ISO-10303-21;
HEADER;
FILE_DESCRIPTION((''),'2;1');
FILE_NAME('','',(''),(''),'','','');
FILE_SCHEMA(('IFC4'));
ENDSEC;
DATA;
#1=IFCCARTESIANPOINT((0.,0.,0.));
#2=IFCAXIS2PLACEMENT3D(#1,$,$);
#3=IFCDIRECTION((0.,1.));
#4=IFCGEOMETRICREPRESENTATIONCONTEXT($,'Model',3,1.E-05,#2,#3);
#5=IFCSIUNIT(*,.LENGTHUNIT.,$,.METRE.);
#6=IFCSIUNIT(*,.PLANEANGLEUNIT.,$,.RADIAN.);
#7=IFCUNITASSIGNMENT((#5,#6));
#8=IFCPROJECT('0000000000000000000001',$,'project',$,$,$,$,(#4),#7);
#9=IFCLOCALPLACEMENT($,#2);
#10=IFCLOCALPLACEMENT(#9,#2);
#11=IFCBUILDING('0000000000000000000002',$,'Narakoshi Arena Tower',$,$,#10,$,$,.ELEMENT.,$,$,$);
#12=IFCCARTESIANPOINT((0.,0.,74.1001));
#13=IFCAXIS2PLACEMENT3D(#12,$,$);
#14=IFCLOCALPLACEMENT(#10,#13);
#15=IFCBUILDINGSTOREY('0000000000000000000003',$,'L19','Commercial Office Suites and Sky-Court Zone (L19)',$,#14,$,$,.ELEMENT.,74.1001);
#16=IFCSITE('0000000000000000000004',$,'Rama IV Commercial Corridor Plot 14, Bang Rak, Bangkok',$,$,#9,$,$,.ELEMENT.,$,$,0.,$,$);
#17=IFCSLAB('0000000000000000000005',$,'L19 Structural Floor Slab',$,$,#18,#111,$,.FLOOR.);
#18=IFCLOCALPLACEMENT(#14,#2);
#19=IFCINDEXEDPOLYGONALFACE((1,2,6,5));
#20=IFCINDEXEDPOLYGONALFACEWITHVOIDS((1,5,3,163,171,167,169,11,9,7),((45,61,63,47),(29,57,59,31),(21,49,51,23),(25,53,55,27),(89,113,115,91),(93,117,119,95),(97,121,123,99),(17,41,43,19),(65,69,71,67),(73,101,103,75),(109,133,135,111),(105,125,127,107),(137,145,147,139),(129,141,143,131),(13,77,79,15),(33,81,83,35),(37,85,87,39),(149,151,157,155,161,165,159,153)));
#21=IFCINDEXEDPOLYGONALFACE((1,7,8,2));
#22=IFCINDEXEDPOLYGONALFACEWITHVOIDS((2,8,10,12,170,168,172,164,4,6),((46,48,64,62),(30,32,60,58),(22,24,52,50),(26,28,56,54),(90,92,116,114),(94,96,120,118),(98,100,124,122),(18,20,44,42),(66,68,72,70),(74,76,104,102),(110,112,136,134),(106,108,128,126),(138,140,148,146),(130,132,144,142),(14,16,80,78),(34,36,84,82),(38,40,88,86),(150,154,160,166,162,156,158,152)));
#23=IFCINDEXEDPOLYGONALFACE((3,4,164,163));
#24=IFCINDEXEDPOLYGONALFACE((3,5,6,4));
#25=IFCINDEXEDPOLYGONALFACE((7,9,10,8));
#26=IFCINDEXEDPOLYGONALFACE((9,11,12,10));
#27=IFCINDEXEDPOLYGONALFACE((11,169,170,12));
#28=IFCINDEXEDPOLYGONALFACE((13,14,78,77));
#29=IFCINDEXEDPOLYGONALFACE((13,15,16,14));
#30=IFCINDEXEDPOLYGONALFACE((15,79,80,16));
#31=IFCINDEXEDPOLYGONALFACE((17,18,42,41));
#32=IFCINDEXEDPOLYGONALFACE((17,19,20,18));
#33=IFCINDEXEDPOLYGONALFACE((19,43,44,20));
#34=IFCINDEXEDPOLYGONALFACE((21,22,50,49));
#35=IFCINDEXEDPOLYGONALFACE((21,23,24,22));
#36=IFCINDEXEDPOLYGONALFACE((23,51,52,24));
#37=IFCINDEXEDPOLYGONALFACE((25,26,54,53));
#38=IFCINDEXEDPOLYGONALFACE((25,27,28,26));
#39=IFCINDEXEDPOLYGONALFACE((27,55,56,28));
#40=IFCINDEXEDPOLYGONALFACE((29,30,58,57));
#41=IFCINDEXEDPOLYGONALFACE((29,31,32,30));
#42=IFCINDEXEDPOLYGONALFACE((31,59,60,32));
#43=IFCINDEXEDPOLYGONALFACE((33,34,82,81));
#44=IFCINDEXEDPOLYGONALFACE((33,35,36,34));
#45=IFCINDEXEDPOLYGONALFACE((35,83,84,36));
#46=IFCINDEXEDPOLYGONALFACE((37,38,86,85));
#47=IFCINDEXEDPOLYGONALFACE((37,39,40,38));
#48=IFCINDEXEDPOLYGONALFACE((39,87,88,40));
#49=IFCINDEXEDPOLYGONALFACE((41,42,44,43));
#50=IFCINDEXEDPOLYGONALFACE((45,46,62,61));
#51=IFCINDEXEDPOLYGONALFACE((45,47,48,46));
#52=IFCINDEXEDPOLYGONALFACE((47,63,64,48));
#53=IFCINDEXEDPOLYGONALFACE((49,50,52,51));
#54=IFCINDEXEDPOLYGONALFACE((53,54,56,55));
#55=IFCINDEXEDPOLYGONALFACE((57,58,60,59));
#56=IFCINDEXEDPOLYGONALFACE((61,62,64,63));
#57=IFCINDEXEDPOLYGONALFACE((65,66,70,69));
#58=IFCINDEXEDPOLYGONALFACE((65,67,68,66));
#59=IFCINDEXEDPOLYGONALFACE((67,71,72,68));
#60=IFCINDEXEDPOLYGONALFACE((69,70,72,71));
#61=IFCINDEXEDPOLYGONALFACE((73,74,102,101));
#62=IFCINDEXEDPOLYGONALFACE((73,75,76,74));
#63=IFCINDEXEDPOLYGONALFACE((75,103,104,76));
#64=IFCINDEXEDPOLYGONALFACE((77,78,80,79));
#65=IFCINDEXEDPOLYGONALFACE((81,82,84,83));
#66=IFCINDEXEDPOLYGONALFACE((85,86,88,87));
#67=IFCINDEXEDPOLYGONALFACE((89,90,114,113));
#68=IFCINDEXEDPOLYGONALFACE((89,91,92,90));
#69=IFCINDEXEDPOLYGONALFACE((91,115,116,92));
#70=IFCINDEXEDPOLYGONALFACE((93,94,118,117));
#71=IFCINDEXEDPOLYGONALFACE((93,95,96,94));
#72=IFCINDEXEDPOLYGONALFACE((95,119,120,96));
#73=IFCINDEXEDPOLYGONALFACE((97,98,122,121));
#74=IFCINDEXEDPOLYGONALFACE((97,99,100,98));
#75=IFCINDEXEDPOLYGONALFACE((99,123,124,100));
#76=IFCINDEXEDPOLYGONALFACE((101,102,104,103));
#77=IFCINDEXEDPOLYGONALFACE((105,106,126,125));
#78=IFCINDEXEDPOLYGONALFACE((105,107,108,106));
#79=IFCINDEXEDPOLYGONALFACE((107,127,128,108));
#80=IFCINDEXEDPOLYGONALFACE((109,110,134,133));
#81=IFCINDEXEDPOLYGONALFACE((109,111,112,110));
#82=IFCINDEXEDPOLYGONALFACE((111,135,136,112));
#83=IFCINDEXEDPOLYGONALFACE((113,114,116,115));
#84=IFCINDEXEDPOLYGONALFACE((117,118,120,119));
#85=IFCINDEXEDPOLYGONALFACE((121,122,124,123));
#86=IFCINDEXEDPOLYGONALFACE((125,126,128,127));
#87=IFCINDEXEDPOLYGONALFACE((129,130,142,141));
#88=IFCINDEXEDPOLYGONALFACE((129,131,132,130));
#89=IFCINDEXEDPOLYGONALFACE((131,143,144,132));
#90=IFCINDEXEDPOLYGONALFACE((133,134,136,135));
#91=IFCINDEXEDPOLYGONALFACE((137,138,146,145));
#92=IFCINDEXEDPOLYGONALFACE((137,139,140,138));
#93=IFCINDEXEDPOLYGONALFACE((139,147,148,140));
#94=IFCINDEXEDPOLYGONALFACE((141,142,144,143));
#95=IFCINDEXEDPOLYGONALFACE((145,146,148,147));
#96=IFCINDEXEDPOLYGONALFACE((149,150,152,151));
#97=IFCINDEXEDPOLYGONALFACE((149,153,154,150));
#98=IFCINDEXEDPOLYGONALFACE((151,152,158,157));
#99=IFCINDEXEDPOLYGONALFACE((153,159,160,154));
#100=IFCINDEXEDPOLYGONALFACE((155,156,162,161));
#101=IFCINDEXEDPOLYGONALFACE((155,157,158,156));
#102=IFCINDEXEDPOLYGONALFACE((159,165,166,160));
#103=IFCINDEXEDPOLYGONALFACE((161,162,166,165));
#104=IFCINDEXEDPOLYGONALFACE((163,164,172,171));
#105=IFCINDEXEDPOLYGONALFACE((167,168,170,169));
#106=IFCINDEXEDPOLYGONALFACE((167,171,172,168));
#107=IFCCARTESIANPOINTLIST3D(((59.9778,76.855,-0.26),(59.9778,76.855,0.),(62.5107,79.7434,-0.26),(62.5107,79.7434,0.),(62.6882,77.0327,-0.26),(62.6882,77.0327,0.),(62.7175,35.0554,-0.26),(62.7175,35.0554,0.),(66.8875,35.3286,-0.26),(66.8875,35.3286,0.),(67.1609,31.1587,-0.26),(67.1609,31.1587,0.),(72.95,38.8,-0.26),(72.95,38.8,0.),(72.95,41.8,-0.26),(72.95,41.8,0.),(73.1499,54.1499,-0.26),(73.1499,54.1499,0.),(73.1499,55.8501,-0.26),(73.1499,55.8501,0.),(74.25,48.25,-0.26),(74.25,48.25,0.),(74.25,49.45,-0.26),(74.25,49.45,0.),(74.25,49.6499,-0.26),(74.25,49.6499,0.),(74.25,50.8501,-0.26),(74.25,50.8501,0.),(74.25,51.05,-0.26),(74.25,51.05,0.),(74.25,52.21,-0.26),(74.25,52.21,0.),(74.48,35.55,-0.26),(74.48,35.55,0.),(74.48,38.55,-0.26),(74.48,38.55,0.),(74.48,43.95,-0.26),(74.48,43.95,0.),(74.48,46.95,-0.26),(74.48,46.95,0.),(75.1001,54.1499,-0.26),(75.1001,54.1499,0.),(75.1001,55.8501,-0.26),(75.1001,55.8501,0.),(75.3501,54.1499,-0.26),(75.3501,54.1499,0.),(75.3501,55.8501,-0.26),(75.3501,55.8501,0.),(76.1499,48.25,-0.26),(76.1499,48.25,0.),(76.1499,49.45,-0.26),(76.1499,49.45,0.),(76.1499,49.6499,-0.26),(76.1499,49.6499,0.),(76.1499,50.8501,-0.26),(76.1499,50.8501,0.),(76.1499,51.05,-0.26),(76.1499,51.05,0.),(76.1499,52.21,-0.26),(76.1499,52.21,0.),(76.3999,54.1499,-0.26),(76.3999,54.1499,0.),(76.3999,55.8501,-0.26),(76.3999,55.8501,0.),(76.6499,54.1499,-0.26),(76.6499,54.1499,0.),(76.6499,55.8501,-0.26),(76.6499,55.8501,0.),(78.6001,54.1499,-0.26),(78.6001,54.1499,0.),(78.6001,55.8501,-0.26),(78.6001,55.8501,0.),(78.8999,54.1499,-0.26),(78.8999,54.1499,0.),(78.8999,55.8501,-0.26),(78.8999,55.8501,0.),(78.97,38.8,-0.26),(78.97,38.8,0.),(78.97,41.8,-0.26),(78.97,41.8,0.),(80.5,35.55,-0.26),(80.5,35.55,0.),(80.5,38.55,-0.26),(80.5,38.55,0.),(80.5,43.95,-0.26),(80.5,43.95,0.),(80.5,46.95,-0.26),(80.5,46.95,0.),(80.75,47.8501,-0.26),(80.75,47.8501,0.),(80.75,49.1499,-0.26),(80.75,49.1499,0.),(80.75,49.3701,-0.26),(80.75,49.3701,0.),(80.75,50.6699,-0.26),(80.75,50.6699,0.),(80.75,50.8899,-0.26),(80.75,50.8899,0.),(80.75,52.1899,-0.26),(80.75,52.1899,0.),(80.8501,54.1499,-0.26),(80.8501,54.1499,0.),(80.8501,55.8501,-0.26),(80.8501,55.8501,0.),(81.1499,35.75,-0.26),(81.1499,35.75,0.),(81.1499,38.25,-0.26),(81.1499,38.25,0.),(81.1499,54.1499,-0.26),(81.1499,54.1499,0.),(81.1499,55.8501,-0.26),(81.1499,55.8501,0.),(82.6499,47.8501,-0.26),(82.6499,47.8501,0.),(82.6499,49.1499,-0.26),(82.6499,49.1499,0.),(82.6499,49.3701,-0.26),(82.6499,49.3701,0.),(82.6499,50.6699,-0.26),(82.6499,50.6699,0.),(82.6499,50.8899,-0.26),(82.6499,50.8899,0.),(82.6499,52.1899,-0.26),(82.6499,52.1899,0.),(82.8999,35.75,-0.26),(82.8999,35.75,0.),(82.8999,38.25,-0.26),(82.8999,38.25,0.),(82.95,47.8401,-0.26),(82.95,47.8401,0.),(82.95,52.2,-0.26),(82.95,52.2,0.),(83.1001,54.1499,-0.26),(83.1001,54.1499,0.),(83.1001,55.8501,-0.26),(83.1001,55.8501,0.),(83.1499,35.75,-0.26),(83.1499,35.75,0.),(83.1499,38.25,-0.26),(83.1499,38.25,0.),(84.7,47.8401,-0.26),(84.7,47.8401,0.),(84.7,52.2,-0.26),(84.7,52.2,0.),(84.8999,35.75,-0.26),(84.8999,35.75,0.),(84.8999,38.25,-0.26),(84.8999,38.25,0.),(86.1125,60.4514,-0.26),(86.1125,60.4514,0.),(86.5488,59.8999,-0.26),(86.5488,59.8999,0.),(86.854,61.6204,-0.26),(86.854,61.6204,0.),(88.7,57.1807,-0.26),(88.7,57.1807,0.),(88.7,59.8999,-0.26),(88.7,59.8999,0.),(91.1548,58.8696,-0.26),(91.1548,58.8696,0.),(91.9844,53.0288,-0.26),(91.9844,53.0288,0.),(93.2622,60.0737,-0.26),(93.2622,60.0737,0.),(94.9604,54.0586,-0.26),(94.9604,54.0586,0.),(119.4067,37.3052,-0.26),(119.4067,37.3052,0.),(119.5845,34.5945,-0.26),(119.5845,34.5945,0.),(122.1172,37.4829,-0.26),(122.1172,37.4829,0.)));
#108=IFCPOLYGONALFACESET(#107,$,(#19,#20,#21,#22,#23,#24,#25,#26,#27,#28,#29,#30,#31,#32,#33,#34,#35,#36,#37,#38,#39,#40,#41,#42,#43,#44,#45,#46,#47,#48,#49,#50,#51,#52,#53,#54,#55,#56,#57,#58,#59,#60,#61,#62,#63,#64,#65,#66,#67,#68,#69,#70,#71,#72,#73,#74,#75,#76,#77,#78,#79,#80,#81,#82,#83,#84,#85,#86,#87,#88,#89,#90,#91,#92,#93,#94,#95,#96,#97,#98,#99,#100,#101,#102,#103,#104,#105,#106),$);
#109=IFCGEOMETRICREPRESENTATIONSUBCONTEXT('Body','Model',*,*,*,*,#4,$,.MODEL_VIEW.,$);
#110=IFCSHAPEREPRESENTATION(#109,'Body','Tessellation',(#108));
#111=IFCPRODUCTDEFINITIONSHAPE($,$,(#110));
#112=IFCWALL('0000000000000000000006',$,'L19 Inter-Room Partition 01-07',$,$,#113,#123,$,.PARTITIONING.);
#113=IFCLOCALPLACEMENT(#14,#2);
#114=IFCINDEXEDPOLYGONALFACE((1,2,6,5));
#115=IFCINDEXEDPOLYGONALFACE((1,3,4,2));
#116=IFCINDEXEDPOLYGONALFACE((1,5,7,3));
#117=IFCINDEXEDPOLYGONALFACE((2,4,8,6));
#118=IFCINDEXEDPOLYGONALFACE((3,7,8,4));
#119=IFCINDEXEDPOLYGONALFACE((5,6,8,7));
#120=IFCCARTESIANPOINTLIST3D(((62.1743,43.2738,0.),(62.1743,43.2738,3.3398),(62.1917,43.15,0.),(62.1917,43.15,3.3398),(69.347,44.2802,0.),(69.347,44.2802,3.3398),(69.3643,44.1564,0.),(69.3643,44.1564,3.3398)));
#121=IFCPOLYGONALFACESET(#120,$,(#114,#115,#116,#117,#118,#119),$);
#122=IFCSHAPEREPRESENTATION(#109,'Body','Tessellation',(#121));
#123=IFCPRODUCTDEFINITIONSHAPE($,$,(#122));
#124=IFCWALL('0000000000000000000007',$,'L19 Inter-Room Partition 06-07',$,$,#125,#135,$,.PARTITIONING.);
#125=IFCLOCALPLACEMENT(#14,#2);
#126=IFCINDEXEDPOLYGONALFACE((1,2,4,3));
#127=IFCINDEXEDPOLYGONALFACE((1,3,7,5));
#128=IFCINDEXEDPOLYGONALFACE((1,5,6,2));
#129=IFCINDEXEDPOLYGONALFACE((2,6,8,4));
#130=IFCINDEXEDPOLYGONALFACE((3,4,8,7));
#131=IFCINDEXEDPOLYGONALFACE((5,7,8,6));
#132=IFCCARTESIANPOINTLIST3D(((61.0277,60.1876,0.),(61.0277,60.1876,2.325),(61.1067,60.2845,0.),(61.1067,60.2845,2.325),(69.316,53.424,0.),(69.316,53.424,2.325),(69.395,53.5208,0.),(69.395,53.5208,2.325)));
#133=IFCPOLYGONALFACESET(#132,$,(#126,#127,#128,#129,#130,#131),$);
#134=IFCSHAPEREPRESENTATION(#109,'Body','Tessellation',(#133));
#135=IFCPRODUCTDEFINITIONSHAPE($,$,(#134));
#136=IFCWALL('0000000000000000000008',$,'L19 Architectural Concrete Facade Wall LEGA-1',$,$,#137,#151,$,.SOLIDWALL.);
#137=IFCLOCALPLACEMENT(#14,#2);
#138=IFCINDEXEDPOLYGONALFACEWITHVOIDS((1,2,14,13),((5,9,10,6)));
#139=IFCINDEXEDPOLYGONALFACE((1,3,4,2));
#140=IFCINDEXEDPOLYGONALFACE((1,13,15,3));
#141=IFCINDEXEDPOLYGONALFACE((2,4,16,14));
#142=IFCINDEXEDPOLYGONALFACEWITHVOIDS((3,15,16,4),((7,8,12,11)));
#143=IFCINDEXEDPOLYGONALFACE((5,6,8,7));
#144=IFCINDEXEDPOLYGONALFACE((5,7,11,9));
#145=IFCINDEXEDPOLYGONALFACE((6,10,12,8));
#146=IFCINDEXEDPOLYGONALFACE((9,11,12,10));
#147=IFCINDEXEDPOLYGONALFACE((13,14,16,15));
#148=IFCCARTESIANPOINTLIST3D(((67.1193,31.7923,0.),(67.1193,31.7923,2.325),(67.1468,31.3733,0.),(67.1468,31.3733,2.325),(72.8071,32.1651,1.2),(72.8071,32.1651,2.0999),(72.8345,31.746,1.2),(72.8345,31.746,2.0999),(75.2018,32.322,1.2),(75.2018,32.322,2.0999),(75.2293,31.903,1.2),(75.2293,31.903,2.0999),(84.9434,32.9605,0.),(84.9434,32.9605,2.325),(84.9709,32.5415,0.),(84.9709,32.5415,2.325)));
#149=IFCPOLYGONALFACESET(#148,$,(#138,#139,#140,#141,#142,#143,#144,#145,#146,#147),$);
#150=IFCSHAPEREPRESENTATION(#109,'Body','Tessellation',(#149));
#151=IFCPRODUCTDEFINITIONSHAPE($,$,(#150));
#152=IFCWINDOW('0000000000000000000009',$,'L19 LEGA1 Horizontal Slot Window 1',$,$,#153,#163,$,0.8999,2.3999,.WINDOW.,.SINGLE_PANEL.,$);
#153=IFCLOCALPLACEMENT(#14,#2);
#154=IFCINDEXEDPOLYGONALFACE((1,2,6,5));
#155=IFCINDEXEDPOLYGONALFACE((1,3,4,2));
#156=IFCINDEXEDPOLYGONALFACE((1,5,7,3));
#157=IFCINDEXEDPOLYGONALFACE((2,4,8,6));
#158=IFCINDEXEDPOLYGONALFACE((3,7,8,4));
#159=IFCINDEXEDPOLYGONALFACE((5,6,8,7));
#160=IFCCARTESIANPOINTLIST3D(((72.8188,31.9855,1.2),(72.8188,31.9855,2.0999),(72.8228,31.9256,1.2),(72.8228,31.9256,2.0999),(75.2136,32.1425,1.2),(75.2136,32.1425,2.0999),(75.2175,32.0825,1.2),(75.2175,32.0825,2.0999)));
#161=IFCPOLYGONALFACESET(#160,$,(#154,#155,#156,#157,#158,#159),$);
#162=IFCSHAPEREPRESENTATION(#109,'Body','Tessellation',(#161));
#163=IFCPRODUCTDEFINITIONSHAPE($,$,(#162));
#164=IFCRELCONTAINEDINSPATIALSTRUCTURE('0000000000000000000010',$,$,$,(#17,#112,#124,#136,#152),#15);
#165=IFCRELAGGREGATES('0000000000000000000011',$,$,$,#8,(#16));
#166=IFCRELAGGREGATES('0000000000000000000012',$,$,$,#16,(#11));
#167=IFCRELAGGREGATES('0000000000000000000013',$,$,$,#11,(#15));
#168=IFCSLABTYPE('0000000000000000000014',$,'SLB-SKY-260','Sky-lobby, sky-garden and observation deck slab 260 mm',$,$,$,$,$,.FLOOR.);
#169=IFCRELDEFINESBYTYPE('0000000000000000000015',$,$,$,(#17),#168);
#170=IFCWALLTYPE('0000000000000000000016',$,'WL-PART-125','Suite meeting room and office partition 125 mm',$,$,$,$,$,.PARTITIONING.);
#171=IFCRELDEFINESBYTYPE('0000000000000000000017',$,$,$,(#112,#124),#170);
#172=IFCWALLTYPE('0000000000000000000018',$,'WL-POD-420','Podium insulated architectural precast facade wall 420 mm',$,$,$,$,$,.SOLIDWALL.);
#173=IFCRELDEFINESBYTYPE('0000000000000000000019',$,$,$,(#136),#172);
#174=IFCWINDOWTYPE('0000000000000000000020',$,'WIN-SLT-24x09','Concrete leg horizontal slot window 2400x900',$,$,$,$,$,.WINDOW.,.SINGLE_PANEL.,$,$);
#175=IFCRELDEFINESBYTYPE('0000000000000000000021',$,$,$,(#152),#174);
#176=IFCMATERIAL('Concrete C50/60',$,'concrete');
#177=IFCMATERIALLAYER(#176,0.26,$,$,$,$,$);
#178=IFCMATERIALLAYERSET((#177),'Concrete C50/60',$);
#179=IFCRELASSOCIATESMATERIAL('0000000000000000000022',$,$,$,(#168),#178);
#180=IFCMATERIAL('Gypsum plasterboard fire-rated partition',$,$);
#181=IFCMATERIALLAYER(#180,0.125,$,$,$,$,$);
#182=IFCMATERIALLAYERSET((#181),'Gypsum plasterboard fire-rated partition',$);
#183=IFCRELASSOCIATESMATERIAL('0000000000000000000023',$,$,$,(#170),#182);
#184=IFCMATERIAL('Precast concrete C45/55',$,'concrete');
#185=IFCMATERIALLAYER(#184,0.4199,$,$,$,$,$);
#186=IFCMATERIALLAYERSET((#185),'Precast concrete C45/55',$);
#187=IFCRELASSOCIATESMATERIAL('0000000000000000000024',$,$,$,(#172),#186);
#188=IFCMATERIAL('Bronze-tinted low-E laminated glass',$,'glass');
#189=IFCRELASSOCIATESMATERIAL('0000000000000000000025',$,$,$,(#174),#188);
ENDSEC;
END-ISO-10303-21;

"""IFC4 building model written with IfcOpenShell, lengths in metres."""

from ifc_helpers import new_model, si_unit, direction, frame, frame_2d, origin, place, context, subcontext, project, spatial, polyline, rectangle, outline, extrude, material, layer, layer_set, type_object, element, fill, save


model = new_model("IFC4")

# Units and contexts
model_context = context("Model", 3, precision=1e-05, world=origin(), true_north=direction((0.0, 1.0)))
body_context = subcontext(model_context, "Body", "Model", "MODEL_VIEW")
ifc_project = project(units=[si_unit("LENGTHUNIT", "METRE"), si_unit("PLANEANGLEUNIT", "RADIAN")], contexts=[model_context])

# Site, building, storey
site_placement = place(None, origin())
site = spatial("IfcSite", under=ifc_project, at=site_placement, Name="Rama IV Commercial Corridor Plot 14, Bang Rak, Bangkok", CompositionType="ELEMENT", RefElevation=0.0)
building_placement = place(site_placement, origin())
building = spatial("IfcBuilding", under=site, at=building_placement, Name="Narakoshi Arena Tower", CompositionType="ELEMENT")
storey_placement = place(building_placement, frame((0.0, 0.0, 74.1001)))
storey = spatial("IfcBuildingStorey", under=building, at=storey_placement, Name="L19", Description="Commercial Office Suites and Sky-Court Zone (L19)", CompositionType="ELEMENT", Elevation=74.1001)

# Slab
ifc_material_1 = material(Name="Concrete C50/60", Category="concrete")
ifc_layer_1 = layer(ifc_material_1, 0.26)
ifc_layer_set_1 = layer_set([ifc_layer_1], Name="Concrete C50/60")
slab_type_1 = type_object("IfcSlabType", Name="SLB-SKY-260", Description="Sky-lobby, sky-garden and observation deck slab 260 mm", PredefinedType="FLOOR", material=ifc_layer_set_1)
slab_1_placement = place(storey_placement, frame((0.0, 0.0, -0.26)))
element("IfcSlab", 1, at=slab_1_placement, inside=storey, type_object=slab_type_1, Name="L19 Structural Floor Slab", PredefinedType="FLOOR", context=body_context, shape_type="SweptSolid", body=[
    extrude(outline(polyline([(67.1609, 31.1587), (119.5845, 34.5945), (119.4067, 37.3052), (122.1172, 37.4829), (93.2622, 60.0737), (62.5107, 79.7434), (62.6882, 77.0327), (59.9778, 76.855), (62.7175, 35.0554), (66.8875, 35.3286), (67.1609, 31.1587)]), holes=[polyline([(74.48, 35.55), (74.48, 38.55), (80.5, 38.55), (80.5, 35.55), (74.48, 35.55)]), polyline([(81.1499, 35.75), (81.1499, 38.25), (82.8999, 38.25), (82.8999, 35.75), (81.1499, 35.75)]), polyline([(83.1499, 35.75), (83.1499, 38.25), (84.8999, 38.25), (84.8999, 35.75), (83.1499, 35.75)]), polyline([(72.95, 38.8), (72.95, 41.8), (78.97, 41.8), (78.97, 38.8), (72.95, 38.8)]), polyline([(74.48, 43.95), (74.48, 46.95), (80.5, 46.95), (80.5, 43.95), (74.48, 43.95)]), polyline([(82.95, 47.8401), (82.95, 52.2), (84.7, 52.2), (84.7, 47.8401), (82.95, 47.8401)]), polyline([(80.75, 47.8501), (80.75, 49.1499), (82.6499, 49.1499), (82.6499, 47.8501), (80.75, 47.8501)]), polyline([(74.25, 48.25), (74.25, 49.45), (76.1499, 49.45), (76.1499, 48.25), (74.25, 48.25)]), polyline([(80.75, 49.3701), (80.75, 50.6699), (82.6499, 50.6699), (82.6499, 49.3701), (80.75, 49.3701)]), polyline([(74.25, 49.6499), (74.25, 50.8501), (76.1499, 50.8501), (76.1499, 49.6499), (74.25, 49.6499)]), polyline([(80.75, 50.8899), (80.75, 52.1899), (82.6499, 52.1899), (82.6499, 50.8899), (80.75, 50.8899)]), polyline([(74.25, 51.05), (74.25, 52.21), (76.1499, 52.21), (76.1499, 51.05), (74.25, 51.05)]), polyline([(91.1548, 58.8696), (94.9604, 54.0586), (91.9844, 53.0288), (88.7, 57.1807), (88.7, 59.8999), (86.5488, 59.8999), (86.1125, 60.4514), (86.854, 61.6204), (91.1548, 58.8696)]), polyline([(73.1499, 54.1499), (73.1499, 55.8501), (75.1001, 55.8501), (75.1001, 54.1499), (73.1499, 54.1499)]), polyline([(75.3501, 55.8501), (76.3999, 55.8501), (76.3999, 54.1499), (75.3501, 54.1499), (75.3501, 55.8501)]), polyline([(76.6499, 55.8501), (78.6001, 55.8501), (78.6001, 54.1499), (76.6499, 54.1499), (76.6499, 55.8501)]), polyline([(78.8999, 54.1499), (78.8999, 55.8501), (80.8501, 55.8501), (80.8501, 54.1499), (78.8999, 54.1499)]), polyline([(81.1499, 55.8501), (83.1001, 55.8501), (83.1001, 54.1499), (81.1499, 54.1499), (81.1499, 55.8501)])]), origin(), (0.0, 0.0, 1.0), 0.26),
])

# Walls
ifc_material_2 = material(Name="Gypsum plasterboard fire-rated partition")
ifc_layer_2 = layer(ifc_material_2, 0.125)
ifc_layer_set_2 = layer_set([ifc_layer_2], Name="Gypsum plasterboard fire-rated partition")
wall_type_1 = type_object("IfcWallType", Name="WL-PART-125", Description="Suite meeting room and office partition 125 mm", PredefinedType="PARTITIONING", material=ifc_layer_set_2)
wall_1_placement = place(storey_placement, frame((62.1829, 43.2119, 0.0), z_axis=(0.0, 0.0, 1.0), x_axis=(0.9903, 0.138943, 0.0)))
element("IfcWall", 2, at=wall_1_placement, inside=storey, type_object=wall_type_1, Name="L19 Inter-Room Partition 01-07", PredefinedType="PARTITIONING", context=body_context, shape_type="SweptSolid", body=[
    extrude(rectangle(XDim=7.2429, YDim=0.125, at=frame_2d((3.6216, 0.0))), origin(), (0.0, 0.0, 1.0), 3.3398),
])
wall_2_placement = place(storey_placement, frame((69.3555, 53.4724, 0.0), z_axis=(0.0, 0.0, 1.0), x_axis=(-0.774767, 0.632247, 0.0)))
element("IfcWall", 3, at=wall_2_placement, inside=storey, type_object=wall_type_1, Name="L19 Inter-Room Partition 06-07", PredefinedType="PARTITIONING", context=body_context, shape_type="SweptSolid", body=[
    extrude(rectangle(XDim=10.6978, YDim=0.125, at=frame_2d((5.3489, 0.0))), origin(), (0.0, 0.0, 1.0), 2.325),
])

# Wall, opening, window
ifc_material_3 = material(Name="Precast concrete C45/55", Category="concrete")
ifc_layer_3 = layer(ifc_material_3, 0.4199)
ifc_layer_set_3 = layer_set([ifc_layer_3], Name="Precast concrete C45/55")
wall_type_2 = type_object("IfcWallType", Name="WL-POD-420", Description="Podium insulated architectural precast facade wall 420 mm", PredefinedType="SOLIDWALL", material=ifc_layer_set_3)
wall_3_placement = place(storey_placement, frame((67.1331, 31.5828, 0.0), z_axis=(0.0, 0.0, 1.0), x_axis=(0.997859, 0.065401, 0.0)))
wall_3 = element("IfcWall", 4, at=wall_3_placement, inside=storey, type_object=wall_type_2, Name="L19 Architectural Concrete Facade Wall LEGA-1", PredefinedType="SOLIDWALL", context=body_context, shape_type="SweptSolid", body=[
    extrude(rectangle(XDim=17.8623, YDim=0.4199, at=frame_2d((8.9312, 0.0))), origin(), (0.0, 0.0, 1.0), 2.325),
])
opening_1_placement = place(wall_3_placement, frame((5.7, 0.0, 1.2)))
opening_1 = element("IfcOpeningElement", 5, at=opening_1_placement, cuts=wall_3, PredefinedType="OPENING", context=body_context, shape_type="SweptSolid", body=[
    extrude(rectangle(XDim=2.3999, YDim=0.8999, at=frame_2d((1.2, 0.45))), frame((0.0, 0.22, 0.0), z_axis=(0.0, -1.0, 0.0), x_axis=(1.0, 0.0, 0.0)), (0.0, 0.0, 1.0), 0.4399),
])
ifc_material_4 = material(Name="Bronze-tinted low-E laminated glass", Category="glass")
window_type_1 = type_object("IfcWindowType", Name="WIN-SLT-24x09", Description="Concrete leg horizontal slot window 2400x900", PartitioningType="SINGLE_PANEL", PredefinedType="WINDOW", material=ifc_material_4)
window_1_placement = place(opening_1_placement, origin())
window_1 = element("IfcWindow", 6, at=window_1_placement, inside=storey, type_object=window_type_1, Name="L19 LEGA1 Horizontal Slot Window 1", OverallHeight=0.8999, OverallWidth=2.3999, PartitioningType="SINGLE_PANEL", PredefinedType="WINDOW", context=body_context, shape_type="SweptSolid", body=[
    extrude(rectangle(XDim=2.3999, YDim=0.8999, at=frame_2d((1.2, 0.45))), frame((0.0, 0.03, 0.0), z_axis=(0.0, -1.0, 0.0), x_axis=(1.0, 0.0, 0.0)), (0.0, 0.0, 1.0), 0.0601),
])
fill(opening_1, window_1)

save(model, "model.ifc")
